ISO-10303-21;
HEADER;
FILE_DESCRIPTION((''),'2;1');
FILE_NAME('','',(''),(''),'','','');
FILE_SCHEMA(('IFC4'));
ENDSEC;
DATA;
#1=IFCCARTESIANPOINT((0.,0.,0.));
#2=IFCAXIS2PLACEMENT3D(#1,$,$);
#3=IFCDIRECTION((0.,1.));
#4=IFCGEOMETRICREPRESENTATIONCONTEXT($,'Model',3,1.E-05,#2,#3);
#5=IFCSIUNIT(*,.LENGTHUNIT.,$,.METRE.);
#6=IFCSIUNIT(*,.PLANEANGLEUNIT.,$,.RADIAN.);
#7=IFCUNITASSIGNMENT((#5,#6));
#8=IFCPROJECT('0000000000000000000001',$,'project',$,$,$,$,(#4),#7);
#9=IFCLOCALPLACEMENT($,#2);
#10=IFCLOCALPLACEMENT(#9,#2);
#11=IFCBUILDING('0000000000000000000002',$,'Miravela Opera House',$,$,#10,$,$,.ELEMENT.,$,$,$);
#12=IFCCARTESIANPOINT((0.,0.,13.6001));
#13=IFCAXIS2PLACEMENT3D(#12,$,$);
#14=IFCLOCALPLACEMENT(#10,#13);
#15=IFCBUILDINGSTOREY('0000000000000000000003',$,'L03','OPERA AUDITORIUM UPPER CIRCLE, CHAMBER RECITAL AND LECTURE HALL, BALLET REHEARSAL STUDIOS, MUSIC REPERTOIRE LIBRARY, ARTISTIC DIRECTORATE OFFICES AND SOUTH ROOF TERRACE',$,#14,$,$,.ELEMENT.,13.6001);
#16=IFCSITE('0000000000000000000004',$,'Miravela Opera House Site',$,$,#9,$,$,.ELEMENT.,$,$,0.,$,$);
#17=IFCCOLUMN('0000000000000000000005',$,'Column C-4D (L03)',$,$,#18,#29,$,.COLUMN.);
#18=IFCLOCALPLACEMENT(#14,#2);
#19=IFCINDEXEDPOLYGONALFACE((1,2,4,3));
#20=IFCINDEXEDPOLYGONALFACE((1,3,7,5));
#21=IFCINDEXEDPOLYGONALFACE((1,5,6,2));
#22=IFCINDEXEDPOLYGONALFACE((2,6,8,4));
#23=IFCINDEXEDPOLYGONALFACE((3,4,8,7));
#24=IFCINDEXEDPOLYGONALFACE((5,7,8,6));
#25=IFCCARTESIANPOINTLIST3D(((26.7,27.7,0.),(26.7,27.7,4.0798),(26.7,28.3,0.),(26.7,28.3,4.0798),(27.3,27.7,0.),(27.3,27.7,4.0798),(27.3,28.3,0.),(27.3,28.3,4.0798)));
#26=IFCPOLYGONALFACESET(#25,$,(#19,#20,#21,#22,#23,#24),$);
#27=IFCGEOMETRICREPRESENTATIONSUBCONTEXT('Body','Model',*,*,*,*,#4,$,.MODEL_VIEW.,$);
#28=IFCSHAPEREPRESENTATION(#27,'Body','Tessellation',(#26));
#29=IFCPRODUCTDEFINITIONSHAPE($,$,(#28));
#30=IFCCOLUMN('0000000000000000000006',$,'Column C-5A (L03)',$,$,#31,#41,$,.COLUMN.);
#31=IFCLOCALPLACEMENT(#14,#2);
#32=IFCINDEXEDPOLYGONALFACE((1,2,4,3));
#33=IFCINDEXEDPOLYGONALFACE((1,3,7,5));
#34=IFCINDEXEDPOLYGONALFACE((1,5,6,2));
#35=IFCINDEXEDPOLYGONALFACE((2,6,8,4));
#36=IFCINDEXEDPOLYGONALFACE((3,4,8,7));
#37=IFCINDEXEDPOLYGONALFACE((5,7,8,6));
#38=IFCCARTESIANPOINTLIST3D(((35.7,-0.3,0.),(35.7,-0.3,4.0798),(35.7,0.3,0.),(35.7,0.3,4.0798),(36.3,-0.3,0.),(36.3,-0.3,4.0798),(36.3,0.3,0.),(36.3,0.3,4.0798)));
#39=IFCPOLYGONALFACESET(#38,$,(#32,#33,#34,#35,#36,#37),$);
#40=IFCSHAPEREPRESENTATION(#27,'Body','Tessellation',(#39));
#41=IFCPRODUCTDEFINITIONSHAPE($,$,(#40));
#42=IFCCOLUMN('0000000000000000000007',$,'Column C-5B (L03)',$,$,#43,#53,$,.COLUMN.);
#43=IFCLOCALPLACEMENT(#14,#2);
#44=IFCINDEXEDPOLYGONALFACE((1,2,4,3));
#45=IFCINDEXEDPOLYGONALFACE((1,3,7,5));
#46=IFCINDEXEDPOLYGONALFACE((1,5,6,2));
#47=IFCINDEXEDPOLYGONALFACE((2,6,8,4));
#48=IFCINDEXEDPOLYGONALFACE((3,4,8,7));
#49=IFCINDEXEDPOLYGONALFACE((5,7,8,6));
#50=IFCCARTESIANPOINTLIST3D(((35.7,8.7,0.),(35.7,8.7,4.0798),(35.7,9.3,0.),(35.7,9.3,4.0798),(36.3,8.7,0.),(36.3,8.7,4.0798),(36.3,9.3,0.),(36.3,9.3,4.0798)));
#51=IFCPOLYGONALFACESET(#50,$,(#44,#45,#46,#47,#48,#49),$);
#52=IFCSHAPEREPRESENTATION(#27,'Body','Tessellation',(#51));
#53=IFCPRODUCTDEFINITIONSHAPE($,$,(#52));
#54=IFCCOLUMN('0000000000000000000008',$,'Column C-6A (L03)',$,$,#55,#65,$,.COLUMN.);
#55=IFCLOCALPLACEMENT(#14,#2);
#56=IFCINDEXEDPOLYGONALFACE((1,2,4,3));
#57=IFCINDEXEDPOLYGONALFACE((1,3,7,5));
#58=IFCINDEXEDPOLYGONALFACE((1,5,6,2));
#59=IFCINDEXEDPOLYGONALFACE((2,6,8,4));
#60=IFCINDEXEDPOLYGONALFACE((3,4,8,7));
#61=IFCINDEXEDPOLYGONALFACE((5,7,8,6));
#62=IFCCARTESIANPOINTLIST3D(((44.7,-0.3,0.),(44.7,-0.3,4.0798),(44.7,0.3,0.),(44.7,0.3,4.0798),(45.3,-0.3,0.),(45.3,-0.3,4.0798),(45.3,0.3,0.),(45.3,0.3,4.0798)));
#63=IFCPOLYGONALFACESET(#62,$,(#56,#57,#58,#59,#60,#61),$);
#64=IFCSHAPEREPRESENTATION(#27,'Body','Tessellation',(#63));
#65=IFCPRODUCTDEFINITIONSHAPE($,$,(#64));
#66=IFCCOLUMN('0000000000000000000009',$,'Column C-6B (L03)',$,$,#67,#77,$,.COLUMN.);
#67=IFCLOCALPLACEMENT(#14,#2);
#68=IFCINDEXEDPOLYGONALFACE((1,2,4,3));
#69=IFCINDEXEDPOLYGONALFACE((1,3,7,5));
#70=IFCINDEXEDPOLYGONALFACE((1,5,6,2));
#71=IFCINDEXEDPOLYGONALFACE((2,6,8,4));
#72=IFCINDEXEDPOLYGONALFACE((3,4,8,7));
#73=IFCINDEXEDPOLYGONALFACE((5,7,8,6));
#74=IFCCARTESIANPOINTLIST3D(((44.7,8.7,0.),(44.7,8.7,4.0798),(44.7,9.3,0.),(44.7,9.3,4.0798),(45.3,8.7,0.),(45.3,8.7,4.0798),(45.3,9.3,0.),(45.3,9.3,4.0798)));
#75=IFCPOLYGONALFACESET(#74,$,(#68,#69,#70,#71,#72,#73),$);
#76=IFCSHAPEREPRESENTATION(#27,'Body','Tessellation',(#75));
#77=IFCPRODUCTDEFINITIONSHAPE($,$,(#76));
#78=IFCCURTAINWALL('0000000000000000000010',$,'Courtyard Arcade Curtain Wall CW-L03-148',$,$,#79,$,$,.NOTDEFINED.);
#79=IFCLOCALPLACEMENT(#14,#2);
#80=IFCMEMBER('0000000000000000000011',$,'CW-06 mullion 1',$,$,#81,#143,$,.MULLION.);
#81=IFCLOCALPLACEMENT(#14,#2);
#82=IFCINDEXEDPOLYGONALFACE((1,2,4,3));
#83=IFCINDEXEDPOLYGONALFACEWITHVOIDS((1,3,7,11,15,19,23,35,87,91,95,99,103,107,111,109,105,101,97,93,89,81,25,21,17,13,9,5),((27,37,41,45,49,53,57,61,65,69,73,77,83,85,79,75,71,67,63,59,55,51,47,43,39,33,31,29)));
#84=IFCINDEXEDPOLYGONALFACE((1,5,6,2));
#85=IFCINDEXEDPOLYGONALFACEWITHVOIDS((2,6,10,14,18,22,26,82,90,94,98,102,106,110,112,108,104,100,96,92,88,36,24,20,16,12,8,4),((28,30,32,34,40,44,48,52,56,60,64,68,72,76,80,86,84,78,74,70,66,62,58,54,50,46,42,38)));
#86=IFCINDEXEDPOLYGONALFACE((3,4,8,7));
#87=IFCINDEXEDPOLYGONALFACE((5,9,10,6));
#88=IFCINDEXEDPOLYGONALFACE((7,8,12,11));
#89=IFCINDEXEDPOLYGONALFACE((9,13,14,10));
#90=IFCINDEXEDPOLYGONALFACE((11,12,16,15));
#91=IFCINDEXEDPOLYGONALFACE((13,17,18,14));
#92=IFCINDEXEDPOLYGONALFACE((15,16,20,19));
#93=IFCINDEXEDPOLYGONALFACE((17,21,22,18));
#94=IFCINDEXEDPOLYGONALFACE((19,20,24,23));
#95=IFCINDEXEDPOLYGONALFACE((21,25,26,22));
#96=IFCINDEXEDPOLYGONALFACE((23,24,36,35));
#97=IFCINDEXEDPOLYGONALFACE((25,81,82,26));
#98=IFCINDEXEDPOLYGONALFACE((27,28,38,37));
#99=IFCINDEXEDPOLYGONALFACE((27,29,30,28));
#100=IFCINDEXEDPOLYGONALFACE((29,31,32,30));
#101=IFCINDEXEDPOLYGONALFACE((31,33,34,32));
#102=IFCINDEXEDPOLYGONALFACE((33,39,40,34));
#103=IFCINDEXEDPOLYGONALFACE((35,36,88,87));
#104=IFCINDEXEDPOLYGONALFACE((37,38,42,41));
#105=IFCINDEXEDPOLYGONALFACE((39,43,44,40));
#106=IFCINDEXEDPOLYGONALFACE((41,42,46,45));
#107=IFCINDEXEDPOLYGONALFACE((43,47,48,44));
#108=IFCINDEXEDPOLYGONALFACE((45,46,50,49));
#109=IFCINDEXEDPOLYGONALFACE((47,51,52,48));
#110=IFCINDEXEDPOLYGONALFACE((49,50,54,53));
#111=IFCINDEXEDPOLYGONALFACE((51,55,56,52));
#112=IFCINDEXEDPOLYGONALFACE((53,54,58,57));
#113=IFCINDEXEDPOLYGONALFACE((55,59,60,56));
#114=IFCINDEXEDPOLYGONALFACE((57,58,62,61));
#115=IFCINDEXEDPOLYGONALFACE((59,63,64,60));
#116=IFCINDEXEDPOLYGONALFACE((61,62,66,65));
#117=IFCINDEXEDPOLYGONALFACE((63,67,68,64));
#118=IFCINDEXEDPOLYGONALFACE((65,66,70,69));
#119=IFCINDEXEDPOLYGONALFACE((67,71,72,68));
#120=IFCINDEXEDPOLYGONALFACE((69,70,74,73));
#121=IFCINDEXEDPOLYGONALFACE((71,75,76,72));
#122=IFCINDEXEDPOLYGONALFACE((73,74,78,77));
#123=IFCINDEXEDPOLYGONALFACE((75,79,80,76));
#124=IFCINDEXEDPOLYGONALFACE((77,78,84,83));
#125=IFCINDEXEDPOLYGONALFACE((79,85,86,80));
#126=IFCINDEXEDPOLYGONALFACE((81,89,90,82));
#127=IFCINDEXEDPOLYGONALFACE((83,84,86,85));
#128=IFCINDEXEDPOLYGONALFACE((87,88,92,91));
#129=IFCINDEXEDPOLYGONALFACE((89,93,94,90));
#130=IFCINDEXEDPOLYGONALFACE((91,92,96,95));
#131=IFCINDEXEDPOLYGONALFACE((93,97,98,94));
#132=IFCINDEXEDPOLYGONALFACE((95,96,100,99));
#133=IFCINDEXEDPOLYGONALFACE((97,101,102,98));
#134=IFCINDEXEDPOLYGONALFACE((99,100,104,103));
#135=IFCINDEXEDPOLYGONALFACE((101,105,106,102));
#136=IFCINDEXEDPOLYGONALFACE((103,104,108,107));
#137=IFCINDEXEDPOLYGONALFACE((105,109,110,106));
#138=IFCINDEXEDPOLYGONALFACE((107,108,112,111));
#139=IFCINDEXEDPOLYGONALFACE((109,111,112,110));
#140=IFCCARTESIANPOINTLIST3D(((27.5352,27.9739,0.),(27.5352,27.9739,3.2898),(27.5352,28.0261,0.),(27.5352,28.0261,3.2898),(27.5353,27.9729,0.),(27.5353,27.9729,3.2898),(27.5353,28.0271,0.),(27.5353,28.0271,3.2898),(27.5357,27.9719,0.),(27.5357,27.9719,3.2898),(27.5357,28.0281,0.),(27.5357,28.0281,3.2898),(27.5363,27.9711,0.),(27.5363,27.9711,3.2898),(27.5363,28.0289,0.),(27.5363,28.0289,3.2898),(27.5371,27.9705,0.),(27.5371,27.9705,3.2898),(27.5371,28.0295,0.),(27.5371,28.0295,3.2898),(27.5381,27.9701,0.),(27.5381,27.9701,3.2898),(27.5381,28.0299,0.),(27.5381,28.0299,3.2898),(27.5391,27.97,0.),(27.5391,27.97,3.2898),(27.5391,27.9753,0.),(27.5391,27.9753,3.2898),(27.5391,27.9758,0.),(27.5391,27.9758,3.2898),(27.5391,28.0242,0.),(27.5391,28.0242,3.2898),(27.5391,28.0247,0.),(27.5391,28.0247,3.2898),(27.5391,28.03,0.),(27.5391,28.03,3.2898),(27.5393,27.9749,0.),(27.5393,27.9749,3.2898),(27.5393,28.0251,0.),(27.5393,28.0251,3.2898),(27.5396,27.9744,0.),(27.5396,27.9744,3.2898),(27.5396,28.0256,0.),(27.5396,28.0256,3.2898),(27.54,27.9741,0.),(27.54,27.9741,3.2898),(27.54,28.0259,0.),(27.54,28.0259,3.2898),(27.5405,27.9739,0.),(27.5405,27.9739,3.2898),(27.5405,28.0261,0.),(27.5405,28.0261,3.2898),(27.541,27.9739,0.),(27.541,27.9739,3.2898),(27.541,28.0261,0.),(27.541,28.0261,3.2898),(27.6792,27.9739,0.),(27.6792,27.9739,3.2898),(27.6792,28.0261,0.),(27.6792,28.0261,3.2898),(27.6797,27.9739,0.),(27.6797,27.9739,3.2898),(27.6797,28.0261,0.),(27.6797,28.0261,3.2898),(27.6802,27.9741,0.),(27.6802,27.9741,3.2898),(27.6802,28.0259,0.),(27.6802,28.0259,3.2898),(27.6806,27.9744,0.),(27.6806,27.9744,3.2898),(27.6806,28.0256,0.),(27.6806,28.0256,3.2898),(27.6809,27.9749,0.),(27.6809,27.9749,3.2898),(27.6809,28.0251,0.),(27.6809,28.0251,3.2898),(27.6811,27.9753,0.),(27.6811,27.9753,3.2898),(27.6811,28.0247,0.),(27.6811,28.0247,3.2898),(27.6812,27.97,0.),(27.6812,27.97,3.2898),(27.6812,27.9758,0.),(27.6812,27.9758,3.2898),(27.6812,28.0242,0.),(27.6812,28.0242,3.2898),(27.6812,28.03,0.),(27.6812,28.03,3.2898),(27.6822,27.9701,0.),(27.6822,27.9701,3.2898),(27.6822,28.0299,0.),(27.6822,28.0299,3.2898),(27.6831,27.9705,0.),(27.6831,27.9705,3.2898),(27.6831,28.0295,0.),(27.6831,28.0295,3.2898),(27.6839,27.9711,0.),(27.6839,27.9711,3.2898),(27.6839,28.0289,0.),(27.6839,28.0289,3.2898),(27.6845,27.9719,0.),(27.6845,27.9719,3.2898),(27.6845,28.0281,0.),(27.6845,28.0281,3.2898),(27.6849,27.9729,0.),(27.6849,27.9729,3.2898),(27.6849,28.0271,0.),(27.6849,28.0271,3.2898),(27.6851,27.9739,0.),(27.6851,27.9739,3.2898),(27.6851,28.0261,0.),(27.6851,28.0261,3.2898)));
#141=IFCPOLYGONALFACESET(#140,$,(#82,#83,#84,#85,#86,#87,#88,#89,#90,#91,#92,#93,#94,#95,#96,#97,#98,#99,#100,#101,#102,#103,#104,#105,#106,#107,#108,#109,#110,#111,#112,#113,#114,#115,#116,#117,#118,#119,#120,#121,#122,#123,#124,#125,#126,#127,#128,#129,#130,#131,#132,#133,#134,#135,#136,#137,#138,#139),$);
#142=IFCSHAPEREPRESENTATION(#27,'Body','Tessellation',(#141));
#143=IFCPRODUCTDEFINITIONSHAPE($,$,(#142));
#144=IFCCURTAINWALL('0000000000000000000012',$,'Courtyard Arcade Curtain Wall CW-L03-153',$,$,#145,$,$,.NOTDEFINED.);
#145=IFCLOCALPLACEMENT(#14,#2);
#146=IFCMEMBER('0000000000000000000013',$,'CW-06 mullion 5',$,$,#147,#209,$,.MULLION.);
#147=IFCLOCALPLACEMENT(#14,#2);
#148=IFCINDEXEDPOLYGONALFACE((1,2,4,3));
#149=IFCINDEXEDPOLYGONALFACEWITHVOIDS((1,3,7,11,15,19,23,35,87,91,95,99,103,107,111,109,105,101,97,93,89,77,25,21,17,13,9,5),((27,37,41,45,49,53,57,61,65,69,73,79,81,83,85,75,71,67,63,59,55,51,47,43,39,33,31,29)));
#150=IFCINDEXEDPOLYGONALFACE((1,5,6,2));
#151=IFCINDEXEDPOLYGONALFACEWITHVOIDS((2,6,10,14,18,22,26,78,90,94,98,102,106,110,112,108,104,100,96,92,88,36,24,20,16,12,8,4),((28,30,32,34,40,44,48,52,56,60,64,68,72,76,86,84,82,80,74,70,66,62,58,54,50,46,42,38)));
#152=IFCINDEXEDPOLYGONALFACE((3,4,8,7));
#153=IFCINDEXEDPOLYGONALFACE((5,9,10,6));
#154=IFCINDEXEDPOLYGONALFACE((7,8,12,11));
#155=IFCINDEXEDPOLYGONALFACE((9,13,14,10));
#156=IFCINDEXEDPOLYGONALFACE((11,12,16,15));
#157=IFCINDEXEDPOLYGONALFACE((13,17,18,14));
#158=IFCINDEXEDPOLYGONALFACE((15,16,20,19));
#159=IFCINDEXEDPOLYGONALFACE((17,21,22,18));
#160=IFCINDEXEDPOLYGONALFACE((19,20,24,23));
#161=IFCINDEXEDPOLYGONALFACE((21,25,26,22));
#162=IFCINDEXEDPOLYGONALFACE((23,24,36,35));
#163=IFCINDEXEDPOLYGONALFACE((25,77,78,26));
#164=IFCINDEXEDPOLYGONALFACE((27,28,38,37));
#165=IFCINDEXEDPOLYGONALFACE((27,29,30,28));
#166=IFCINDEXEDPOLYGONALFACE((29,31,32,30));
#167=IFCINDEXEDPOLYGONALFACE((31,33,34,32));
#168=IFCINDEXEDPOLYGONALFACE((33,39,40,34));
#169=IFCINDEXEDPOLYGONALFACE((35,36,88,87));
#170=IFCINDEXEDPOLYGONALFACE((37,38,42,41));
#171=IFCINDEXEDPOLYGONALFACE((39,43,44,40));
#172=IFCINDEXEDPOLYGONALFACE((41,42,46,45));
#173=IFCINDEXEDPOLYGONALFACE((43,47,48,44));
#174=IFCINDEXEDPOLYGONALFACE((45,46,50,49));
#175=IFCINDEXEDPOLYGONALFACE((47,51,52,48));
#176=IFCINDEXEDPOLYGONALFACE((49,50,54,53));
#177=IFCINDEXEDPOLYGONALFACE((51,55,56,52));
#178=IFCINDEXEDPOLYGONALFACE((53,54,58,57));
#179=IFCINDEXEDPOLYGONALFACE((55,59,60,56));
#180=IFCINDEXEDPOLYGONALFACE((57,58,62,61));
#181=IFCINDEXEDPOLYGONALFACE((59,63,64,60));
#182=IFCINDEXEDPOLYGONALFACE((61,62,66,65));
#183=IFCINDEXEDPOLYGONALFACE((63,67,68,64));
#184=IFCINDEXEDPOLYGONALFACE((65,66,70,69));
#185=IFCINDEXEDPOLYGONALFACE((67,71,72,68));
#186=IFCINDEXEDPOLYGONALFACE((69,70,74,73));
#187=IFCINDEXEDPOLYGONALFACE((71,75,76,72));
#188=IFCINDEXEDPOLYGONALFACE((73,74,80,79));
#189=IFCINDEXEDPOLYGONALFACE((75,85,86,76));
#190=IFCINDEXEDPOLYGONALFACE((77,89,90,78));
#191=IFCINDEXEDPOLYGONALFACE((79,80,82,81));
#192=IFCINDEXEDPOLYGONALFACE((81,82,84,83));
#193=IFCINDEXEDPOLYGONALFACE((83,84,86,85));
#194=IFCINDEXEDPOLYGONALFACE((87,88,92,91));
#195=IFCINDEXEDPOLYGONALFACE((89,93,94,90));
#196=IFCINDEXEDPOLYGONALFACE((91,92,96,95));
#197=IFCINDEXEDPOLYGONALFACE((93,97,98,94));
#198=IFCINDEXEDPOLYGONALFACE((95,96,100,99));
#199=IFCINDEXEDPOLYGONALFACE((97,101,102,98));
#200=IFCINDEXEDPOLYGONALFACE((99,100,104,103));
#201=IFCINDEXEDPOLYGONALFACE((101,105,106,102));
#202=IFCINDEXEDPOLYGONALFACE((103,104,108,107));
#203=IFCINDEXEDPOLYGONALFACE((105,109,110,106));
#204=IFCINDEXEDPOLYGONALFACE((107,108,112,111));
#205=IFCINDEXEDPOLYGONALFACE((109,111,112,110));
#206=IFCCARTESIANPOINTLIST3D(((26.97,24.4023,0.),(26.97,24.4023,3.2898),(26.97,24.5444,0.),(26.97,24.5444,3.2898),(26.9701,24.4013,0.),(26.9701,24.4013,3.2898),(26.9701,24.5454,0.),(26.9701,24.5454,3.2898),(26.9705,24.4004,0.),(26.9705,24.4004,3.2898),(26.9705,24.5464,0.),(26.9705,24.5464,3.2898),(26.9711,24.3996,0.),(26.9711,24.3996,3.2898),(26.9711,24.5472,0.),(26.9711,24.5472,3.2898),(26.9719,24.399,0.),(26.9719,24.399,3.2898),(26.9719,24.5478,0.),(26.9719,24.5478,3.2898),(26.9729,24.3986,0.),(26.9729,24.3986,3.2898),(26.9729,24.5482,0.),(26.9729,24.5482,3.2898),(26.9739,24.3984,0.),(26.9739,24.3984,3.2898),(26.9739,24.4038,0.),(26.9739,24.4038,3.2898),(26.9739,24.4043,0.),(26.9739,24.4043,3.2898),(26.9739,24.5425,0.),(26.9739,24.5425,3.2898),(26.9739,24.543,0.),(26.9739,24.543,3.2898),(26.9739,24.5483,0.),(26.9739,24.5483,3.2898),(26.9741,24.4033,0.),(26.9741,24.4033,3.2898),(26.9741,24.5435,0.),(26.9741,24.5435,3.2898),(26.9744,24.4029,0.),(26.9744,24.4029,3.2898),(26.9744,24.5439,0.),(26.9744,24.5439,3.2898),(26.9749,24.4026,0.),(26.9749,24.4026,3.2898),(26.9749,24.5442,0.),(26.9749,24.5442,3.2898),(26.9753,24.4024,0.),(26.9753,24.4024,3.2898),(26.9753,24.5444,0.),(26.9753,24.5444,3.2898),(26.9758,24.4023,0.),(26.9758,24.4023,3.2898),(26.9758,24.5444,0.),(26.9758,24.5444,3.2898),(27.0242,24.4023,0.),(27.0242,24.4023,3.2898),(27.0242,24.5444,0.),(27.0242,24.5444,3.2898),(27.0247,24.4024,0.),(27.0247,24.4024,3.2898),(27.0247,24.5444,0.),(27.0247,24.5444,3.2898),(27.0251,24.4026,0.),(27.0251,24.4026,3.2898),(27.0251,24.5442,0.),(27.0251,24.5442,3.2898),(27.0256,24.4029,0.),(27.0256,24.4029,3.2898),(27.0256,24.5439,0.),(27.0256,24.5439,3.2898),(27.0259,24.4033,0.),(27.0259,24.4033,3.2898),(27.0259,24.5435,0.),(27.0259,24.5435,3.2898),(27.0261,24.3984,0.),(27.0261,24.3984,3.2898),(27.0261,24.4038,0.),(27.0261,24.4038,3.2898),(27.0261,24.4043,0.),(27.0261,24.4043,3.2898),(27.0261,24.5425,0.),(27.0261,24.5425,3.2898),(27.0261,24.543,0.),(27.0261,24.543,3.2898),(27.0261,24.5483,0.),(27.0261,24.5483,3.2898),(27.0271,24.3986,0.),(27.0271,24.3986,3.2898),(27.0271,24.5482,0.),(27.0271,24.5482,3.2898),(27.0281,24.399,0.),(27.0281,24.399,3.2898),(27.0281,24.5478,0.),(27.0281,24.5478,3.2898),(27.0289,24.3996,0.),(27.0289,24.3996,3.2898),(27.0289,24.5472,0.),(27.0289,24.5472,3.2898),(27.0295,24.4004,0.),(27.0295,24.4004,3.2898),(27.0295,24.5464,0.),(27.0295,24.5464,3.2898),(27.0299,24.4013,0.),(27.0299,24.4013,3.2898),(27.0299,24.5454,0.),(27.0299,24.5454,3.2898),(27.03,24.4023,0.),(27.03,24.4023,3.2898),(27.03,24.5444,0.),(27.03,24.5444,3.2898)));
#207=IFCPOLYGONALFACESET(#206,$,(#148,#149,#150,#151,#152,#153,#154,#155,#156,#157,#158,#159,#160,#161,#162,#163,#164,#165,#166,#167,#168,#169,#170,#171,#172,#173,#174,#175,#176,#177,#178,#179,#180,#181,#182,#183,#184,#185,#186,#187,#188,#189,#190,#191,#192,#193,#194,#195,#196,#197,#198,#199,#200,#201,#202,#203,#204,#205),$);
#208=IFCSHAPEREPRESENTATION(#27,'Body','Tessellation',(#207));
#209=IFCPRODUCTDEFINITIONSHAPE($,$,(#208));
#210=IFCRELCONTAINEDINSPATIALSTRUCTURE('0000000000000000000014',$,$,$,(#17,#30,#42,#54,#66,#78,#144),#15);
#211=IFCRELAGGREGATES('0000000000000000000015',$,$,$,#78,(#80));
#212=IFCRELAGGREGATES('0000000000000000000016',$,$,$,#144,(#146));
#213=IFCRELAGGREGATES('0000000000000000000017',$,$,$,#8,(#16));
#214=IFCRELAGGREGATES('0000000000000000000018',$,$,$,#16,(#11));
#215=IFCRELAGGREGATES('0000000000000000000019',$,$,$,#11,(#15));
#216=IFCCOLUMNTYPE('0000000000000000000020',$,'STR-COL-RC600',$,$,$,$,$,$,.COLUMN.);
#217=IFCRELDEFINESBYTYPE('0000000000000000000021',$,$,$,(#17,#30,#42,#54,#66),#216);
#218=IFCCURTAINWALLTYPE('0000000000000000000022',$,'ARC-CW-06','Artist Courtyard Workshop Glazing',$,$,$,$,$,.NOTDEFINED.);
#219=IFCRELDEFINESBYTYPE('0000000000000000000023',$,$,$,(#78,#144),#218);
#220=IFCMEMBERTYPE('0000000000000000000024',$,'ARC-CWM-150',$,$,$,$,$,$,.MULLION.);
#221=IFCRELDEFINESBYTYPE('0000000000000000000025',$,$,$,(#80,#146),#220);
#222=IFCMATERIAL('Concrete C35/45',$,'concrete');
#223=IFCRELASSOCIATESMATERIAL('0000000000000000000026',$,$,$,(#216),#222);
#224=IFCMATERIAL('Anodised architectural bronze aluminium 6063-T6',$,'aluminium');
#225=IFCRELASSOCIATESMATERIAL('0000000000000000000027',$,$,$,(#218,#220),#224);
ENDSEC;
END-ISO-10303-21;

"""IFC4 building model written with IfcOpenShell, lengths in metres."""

from ifc_helpers import new_model, si_unit, direction, frame, origin, origin_2d, place, context, subcontext, project, spatial, rectangle, hollow_rectangle, extrude, material, material_profile, profile_set, type_object, element, aggregate, save


model = new_model("IFC4")

# Units and contexts
model_context = context("Model", 3, precision=1e-05, world=origin(), true_north=direction((0.0, 1.0)))
body_context = subcontext(model_context, "Body", "Model", "MODEL_VIEW")
ifc_project = project(units=[si_unit("LENGTHUNIT", "METRE"), si_unit("PLANEANGLEUNIT", "RADIAN")], contexts=[model_context])

# Site, building, storey
site_placement = place(None, origin())
site = spatial("IfcSite", under=ifc_project, at=site_placement, Name="Miravela Opera House Site", CompositionType="ELEMENT", RefElevation=0.0)
building_placement = place(site_placement, origin())
building = spatial("IfcBuilding", under=site, at=building_placement, Name="Miravela Opera House", CompositionType="ELEMENT")
storey_placement = place(building_placement, frame((0.0, 0.0, 13.6001)))
storey = spatial("IfcBuildingStorey", under=building, at=storey_placement, Name="L03", Description="OPERA AUDITORIUM UPPER CIRCLE, CHAMBER RECITAL AND LECTURE HALL, BALLET REHEARSAL STUDIOS, MUSIC REPERTOIRE LIBRARY, ARTISTIC DIRECTORATE OFFICES AND SOUTH ROOF TERRACE", CompositionType="ELEMENT", Elevation=13.6001)

# Columns
ifc_material_1 = material(Name="Concrete C35/45", Category="concrete")
ifc_material_profile_1 = material_profile(ifc_material_1, rectangle(XDim=0.6001, YDim=0.6001, at=origin_2d()), Name="RC-COL-600X600")
ifc_profile_set_1 = profile_set([ifc_material_profile_1])
column_type = type_object("IfcColumnType", Name="STR-COL-RC600", PredefinedType="COLUMN", material=ifc_profile_set_1)
for number, where, z_axis, x_axis, name in (
    (1, (27.0, 28.0, 0.0), (0.0, 0.0, 1.0), (1.0, 0.0, 0.0), "Column C-4D (L03)"),
    (2, (36.0, 0.0, 0.0), (0.0, 0.0, 1.0), (1.0, 0.0, 0.0), "Column C-5A (L03)"),
    (3, (36.0, 9.0, 0.0), (0.0, 0.0, 1.0), (1.0, 0.0, 0.0), "Column C-5B (L03)"),
    (4, (45.0, 0.0, 0.0), (0.0, 0.0, 1.0), (1.0, 0.0, 0.0), "Column C-6A (L03)"),
    (5, (45.0, 9.0, 0.0), (0.0, 0.0, 1.0), (1.0, 0.0, 0.0), "Column C-6B (L03)"),
):
    element("IfcColumn", number, at=place(storey_placement, frame(where, z_axis=z_axis, x_axis=x_axis)), inside=storey, type_object=column_type, Name=name, PredefinedType="COLUMN", context=body_context, shape_type="SweptSolid", body=[
        extrude(rectangle(XDim=0.6001, YDim=0.6001, at=origin_2d()), origin(), (0.0, 0.0, 1.0), 4.0798),
    ])

# Curtain wall, member
ifc_material_2 = material(Name="Anodised architectural bronze aluminium 6063-T6", Category="aluminium")
curtain_wall_type = type_object("IfcCurtainWallType", Name="ARC-CW-06", Description="Artist Courtyard Workshop Glazing", PredefinedType="NOTDEFINED", material=ifc_material_2)
curtain_wall_1_placement = place(storey_placement, origin())
curtain_wall_1 = element("IfcCurtainWall", 6, at=curtain_wall_1_placement, inside=storey, type_object=curtain_wall_type, Name="Courtyard Arcade Curtain Wall CW-L03-148", PredefinedType="NOTDEFINED")
ifc_material_profile_2 = material_profile(ifc_material_2, hollow_rectangle(XDim=0.0601, YDim=0.1499, WallThickness=0.0039, InnerFilletRadius=0.002, OuterFilletRadius=0.0039, at=origin_2d()), Name="CWM-60X150")
ifc_profile_set_2 = profile_set([ifc_material_profile_2])
member_type_1 = type_object("IfcMemberType", Name="ARC-CWM-150", PredefinedType="MULLION", material=ifc_profile_set_2)
member_1_placement = place(storey_placement, frame((27.6101, 28.0, 0.0), z_axis=(0.0, 0.0, 1.0), x_axis=(0.0, 1.0, 0.0)))
member_1 = element("IfcMember", 7, at=member_1_placement, type_object=member_type_1, Name="CW-06 mullion 1", PredefinedType="MULLION", context=body_context, shape_type="SweptSolid", body=[
    extrude(hollow_rectangle(XDim=0.0601, YDim=0.1499, WallThickness=0.0039, InnerFilletRadius=0.002, OuterFilletRadius=0.0039, at=origin_2d()), origin(), (0.0, 0.0, 1.0), 3.2898),
])

# Curtain wall, member
curtain_wall_2_placement = place(storey_placement, origin())
curtain_wall_2 = element("IfcCurtainWall", 8, at=curtain_wall_2_placement, inside=storey, type_object=curtain_wall_type, Name="Courtyard Arcade Curtain Wall CW-L03-153", PredefinedType="NOTDEFINED")
member_2_placement = place(storey_placement, frame((27.0, 24.4734, 0.0), z_axis=(0.0, 0.0, 1.0), x_axis=(-1.0, 0.0, 0.0)))
member_2 = element("IfcMember", 9, at=member_2_placement, type_object=member_type_1, Name="CW-06 mullion 5", PredefinedType="MULLION", context=body_context, shape_type="SweptSolid", body=[
    extrude(hollow_rectangle(XDim=0.0601, YDim=0.1499, WallThickness=0.0039, InnerFilletRadius=0.002, OuterFilletRadius=0.0039, at=origin_2d()), origin(), (0.0, 0.0, 1.0), 3.2898),
])

aggregate(curtain_wall_1, [member_1])

aggregate(curtain_wall_2, [member_2])

save(model, "model.ifc")
